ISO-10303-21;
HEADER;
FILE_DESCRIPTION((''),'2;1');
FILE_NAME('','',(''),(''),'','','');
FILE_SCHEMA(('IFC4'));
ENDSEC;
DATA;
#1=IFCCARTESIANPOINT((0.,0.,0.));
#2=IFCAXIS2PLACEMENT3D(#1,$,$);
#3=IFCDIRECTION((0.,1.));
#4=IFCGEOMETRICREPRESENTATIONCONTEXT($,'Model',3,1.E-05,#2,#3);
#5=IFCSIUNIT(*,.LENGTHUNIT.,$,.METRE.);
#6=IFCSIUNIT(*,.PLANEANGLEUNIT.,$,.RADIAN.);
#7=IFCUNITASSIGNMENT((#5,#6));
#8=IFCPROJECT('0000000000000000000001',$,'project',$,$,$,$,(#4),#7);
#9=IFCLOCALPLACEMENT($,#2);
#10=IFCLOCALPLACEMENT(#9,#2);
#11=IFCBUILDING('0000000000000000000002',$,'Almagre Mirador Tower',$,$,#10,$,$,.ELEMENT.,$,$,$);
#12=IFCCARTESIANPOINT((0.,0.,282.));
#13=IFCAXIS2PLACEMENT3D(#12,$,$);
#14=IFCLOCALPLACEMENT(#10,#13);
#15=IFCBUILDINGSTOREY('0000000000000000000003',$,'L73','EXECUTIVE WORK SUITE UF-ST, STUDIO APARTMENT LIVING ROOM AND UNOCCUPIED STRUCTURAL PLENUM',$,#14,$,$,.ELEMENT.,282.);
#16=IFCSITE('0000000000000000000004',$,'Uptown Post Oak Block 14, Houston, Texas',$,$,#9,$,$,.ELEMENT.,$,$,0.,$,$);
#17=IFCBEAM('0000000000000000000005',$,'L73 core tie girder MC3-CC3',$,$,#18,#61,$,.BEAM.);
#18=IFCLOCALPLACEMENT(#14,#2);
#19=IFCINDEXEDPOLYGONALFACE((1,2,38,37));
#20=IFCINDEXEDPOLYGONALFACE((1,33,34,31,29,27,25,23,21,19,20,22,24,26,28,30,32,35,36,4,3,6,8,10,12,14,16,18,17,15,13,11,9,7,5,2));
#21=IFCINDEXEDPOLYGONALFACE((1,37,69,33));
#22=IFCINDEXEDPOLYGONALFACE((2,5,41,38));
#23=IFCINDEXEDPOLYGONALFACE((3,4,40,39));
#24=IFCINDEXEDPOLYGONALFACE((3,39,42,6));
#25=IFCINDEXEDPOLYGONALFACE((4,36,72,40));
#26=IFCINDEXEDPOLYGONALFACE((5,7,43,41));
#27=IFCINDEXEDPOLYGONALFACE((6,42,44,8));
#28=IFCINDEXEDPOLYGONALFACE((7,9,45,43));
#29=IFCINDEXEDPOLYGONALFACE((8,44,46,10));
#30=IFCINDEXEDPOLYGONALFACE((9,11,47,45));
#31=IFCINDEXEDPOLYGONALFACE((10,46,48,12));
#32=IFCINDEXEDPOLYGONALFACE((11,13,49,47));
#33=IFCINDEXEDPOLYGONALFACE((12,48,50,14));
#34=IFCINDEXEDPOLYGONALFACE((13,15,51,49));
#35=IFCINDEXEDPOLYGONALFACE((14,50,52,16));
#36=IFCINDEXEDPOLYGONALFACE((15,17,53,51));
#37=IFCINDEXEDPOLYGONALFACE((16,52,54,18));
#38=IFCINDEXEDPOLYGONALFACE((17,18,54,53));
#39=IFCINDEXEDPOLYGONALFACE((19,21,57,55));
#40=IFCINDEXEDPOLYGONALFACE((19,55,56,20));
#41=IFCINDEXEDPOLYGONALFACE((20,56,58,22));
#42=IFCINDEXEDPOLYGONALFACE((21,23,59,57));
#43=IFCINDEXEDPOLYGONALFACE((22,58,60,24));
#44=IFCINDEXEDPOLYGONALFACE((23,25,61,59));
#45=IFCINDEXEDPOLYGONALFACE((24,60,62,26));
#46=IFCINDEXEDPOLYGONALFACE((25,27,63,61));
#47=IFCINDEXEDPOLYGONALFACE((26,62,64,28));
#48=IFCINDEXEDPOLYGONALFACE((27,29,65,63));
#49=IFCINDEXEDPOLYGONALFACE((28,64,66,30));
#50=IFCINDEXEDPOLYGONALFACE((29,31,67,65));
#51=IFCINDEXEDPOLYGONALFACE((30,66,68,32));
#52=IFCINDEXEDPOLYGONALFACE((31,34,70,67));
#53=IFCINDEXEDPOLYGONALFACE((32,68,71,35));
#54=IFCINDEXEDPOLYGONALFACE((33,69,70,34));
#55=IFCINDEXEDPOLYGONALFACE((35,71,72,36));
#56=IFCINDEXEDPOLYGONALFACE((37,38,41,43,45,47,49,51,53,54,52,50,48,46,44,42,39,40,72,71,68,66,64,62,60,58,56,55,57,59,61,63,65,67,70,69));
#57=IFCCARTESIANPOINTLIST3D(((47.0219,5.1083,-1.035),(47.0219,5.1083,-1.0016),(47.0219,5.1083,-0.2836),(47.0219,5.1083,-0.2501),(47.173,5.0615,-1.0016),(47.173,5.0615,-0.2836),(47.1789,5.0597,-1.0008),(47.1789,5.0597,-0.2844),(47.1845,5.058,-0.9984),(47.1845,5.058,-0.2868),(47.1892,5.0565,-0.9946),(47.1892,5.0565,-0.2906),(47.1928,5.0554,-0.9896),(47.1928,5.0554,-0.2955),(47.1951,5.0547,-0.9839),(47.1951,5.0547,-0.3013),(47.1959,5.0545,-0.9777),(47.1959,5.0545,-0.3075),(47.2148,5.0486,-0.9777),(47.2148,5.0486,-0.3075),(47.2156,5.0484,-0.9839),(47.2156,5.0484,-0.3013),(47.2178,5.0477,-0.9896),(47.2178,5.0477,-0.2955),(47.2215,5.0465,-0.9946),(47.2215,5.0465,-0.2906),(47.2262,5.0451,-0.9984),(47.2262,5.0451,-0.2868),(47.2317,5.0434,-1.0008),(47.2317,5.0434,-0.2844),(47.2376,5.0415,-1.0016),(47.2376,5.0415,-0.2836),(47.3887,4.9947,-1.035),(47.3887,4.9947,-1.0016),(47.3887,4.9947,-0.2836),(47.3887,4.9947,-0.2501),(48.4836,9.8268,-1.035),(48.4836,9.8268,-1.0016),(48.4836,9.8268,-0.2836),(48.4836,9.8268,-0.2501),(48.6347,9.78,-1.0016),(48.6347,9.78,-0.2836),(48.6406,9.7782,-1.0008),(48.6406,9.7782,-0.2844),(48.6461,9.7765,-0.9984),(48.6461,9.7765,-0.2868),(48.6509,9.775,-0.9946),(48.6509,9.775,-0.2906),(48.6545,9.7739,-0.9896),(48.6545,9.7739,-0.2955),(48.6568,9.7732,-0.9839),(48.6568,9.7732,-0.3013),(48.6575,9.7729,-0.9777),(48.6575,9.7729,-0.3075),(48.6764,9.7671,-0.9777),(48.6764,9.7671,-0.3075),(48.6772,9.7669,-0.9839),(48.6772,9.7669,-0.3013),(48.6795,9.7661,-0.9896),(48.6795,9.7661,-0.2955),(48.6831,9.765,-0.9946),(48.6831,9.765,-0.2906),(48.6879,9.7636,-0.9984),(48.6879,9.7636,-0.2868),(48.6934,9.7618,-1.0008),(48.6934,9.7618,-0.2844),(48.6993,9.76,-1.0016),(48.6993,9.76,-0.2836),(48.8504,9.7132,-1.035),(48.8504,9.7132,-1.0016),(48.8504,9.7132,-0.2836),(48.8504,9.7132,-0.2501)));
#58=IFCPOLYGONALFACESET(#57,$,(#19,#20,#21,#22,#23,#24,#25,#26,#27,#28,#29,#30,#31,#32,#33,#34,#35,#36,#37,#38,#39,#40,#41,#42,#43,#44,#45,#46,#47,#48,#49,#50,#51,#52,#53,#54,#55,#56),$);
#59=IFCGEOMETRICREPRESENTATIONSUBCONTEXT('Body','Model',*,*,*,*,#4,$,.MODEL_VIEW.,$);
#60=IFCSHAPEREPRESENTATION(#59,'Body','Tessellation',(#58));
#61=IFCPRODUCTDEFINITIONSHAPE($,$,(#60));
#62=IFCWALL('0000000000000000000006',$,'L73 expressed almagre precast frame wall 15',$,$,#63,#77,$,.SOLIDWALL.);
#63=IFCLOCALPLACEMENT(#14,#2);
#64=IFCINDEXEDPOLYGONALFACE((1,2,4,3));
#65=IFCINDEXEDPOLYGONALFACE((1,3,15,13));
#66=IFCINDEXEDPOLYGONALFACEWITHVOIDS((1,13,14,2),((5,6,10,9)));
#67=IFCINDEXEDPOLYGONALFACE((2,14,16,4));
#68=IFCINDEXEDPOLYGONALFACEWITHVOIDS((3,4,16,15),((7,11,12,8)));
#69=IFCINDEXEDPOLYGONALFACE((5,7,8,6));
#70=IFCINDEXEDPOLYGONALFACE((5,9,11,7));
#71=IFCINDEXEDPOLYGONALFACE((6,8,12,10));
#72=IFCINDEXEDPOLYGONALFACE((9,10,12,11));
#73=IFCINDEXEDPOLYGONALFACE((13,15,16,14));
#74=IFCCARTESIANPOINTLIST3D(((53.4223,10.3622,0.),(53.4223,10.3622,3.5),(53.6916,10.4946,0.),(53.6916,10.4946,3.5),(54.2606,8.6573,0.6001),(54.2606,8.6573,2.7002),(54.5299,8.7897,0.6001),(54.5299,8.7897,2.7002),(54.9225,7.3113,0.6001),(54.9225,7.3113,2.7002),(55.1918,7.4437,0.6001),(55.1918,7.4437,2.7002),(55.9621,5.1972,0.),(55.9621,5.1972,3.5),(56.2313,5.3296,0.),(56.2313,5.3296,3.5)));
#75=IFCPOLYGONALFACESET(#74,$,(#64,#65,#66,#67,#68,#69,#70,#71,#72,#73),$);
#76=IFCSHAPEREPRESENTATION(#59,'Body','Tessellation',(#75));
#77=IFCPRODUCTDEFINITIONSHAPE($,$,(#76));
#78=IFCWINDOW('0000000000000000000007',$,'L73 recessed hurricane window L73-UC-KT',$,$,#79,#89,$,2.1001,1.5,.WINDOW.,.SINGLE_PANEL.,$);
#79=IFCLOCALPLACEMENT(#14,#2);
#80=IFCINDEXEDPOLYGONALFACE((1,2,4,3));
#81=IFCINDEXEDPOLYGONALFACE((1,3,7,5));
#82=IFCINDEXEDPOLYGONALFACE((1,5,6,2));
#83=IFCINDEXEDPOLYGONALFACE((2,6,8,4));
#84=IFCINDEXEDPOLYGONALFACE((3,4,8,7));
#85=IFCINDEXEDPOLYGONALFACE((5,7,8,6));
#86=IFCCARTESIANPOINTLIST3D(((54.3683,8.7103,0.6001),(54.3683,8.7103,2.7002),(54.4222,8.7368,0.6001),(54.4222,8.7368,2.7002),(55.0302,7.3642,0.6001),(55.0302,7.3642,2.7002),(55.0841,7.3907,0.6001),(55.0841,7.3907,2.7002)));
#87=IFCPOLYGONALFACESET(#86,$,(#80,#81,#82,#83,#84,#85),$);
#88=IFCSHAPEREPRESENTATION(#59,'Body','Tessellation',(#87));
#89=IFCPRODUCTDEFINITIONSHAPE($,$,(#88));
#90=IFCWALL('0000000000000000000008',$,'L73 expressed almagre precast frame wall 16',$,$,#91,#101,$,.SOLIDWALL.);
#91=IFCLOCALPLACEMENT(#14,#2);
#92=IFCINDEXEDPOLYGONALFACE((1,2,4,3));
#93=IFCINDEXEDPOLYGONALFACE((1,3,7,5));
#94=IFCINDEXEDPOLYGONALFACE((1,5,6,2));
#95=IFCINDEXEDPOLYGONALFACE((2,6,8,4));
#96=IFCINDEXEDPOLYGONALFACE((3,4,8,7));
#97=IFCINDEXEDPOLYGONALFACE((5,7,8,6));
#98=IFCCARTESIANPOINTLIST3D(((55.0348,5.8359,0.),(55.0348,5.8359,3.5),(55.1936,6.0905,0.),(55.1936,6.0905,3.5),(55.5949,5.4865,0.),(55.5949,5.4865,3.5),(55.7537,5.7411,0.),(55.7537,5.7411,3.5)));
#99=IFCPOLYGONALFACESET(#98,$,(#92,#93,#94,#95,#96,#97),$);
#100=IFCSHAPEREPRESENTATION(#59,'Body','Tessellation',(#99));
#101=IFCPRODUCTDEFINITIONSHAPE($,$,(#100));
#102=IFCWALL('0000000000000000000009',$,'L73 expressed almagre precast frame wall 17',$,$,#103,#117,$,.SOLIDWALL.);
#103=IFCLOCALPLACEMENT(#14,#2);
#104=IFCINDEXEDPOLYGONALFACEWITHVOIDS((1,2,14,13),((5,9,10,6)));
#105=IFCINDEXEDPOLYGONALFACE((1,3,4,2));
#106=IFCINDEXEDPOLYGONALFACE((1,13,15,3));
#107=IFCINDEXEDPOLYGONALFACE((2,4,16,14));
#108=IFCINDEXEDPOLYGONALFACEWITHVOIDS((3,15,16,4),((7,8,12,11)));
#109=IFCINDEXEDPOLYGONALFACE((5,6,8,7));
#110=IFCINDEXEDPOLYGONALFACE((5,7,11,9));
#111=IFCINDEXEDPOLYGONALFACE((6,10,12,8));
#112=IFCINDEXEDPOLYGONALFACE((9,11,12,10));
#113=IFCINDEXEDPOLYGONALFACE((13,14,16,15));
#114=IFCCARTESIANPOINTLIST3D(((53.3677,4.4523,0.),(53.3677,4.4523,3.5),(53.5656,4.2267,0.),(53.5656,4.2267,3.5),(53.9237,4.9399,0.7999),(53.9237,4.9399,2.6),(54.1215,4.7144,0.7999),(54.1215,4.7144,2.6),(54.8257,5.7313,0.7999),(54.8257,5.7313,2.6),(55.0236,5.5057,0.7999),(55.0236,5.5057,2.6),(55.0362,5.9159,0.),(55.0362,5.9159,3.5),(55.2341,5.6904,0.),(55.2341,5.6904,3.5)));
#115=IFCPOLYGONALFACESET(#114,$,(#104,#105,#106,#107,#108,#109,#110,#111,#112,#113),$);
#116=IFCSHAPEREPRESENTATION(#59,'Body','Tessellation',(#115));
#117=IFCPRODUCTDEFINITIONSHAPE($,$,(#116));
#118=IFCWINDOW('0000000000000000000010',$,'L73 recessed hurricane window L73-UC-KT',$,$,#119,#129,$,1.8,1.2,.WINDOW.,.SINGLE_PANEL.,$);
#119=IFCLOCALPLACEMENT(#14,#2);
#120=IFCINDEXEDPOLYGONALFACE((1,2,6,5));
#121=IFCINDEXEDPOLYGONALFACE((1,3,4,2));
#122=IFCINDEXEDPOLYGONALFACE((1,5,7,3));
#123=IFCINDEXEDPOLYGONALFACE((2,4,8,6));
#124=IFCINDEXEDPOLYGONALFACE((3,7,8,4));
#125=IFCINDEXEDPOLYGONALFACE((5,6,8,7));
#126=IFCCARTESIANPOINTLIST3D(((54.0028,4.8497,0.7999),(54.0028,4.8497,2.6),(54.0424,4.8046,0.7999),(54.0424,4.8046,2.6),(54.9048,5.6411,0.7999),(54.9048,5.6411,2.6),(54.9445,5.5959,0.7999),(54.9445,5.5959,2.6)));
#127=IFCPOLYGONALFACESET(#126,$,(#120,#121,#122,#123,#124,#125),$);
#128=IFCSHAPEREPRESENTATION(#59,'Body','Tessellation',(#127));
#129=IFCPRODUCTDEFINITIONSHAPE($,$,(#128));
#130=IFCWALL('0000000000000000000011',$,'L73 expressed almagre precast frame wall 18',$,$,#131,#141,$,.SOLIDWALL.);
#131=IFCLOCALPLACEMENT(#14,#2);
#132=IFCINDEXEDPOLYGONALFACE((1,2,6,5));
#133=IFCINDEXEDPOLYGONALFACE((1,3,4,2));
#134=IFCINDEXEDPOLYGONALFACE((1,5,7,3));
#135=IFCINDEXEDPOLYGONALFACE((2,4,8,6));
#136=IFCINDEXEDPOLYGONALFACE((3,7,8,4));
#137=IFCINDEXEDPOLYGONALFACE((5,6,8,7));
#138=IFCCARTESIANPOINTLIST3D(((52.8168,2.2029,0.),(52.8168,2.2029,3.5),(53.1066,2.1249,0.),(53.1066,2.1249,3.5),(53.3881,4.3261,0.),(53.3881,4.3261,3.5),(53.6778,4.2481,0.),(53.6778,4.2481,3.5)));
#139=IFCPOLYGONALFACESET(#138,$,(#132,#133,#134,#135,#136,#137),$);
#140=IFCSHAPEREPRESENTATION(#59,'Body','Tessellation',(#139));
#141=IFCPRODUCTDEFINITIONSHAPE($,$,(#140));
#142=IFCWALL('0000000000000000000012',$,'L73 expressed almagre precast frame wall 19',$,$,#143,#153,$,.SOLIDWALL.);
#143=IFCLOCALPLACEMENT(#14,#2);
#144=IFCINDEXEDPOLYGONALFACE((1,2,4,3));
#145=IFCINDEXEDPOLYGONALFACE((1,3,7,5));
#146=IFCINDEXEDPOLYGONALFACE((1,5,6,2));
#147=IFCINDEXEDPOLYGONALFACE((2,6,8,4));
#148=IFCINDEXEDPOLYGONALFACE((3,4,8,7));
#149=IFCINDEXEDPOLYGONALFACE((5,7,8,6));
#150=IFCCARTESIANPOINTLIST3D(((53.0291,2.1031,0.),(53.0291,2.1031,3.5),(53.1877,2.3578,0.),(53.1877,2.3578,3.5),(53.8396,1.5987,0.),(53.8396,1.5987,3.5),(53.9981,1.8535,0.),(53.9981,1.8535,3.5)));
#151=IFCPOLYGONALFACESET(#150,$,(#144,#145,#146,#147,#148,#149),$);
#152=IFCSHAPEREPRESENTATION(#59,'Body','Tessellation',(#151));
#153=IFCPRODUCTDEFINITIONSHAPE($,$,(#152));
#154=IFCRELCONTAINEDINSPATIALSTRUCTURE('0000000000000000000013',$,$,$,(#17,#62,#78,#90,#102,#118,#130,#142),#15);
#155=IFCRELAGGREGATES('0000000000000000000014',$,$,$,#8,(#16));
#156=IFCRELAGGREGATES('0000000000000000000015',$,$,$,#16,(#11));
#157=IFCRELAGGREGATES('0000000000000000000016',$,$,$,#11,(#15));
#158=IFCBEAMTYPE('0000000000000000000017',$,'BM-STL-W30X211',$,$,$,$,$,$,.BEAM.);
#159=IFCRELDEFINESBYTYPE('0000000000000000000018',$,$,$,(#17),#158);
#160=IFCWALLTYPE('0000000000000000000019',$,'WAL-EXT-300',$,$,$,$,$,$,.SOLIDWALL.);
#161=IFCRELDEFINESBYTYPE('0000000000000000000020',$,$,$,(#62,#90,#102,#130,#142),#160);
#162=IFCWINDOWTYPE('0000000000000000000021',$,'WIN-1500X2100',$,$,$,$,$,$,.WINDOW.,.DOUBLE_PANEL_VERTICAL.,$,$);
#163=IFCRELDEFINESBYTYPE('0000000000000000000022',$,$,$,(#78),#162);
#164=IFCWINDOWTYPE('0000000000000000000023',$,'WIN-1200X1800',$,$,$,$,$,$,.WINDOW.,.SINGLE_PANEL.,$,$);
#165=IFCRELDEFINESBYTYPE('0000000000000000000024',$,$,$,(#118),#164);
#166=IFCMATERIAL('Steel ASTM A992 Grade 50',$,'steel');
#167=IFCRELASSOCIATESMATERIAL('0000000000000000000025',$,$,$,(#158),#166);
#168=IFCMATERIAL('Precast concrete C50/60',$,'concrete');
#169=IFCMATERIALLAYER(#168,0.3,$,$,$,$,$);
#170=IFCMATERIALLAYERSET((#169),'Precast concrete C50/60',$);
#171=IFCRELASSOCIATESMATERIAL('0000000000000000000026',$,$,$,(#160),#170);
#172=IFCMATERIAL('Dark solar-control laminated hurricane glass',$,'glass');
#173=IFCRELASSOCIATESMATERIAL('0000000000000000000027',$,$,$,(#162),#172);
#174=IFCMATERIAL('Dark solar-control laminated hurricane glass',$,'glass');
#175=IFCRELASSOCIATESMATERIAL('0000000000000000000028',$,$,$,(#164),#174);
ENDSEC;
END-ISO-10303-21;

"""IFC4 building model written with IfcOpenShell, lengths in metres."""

from ifc_helpers import new_model, si_unit, direction, frame, frame_2d, origin, origin_2d, place, context, subcontext, project, spatial, rectangle, i_section, extrude, material, layer, layer_set, material_profile, profile_set, type_object, element, fill, save


model = new_model("IFC4")

# Units and contexts
model_context = context("Model", 3, precision=1e-05, world=origin(), true_north=direction((0.0, 1.0)))
body_context = subcontext(model_context, "Body", "Model", "MODEL_VIEW")
ifc_project = project(units=[si_unit("LENGTHUNIT", "METRE"), si_unit("PLANEANGLEUNIT", "RADIAN")], contexts=[model_context])

# Site, building, storey
site_placement = place(None, origin())
site = spatial("IfcSite", under=ifc_project, at=site_placement, Name="Uptown Post Oak Block 14, Houston, Texas", CompositionType="ELEMENT", RefElevation=0.0)
building_placement = place(site_placement, origin())
building = spatial("IfcBuilding", under=site, at=building_placement, Name="Almagre Mirador Tower", CompositionType="ELEMENT")
storey_placement = place(building_placement, frame((0.0, 0.0, 282.0)))
storey = spatial("IfcBuildingStorey", under=building, at=storey_placement, Name="L73", Description="EXECUTIVE WORK SUITE UF-ST, STUDIO APARTMENT LIVING ROOM AND UNOCCUPIED STRUCTURAL PLENUM", CompositionType="ELEMENT", Elevation=282.0)

# Beam
ifc_material_1 = material(Name="Steel ASTM A992 Grade 50", Category="steel")
ifc_material_profile_1 = material_profile(ifc_material_1, i_section(OverallWidth=0.384, OverallDepth=0.7849, WebThickness=0.0198, FlangeThickness=0.0334, FilletRadius=0.0239, at=origin_2d()), Name="W30X211")
ifc_profile_set_1 = profile_set([ifc_material_profile_1], Name="Steel ASTM A992 Grade 50")
beam_type_1 = type_object("IfcBeamType", Name="BM-STL-W30X211", PredefinedType="BEAM", material=ifc_profile_set_1)
beam_1_placement = place(storey_placement, frame((48.667, 9.77, -0.6426), z_axis=(-0.295902, -0.955218, 0.0), x_axis=(0.955218, -0.295902, 0.0)))
element("IfcBeam", 1, at=beam_1_placement, inside=storey, type_object=beam_type_1, Name="L73 core tie girder MC3-CC3", PredefinedType="BEAM", context=body_context, shape_type="SweptSolid", body=[
    extrude(i_section(OverallWidth=0.384, OverallDepth=0.7849, WebThickness=0.0198, FlangeThickness=0.0334, FilletRadius=0.0239, at=origin_2d()), origin(), (0.0, 0.0, 1.0), 4.9397),
])

# Wall, opening, window
ifc_material_2 = material(Name="Precast concrete C50/60", Category="concrete")
ifc_layer_1 = layer(ifc_material_2, 0.3)
ifc_layer_set_1 = layer_set([ifc_layer_1], Name="Precast concrete C50/60")
wall_type_1 = type_object("IfcWallType", Name="WAL-EXT-300", PredefinedType="SOLIDWALL", material=ifc_layer_set_1)
wall_1_placement = place(storey_placement, frame((53.5569, 10.4285, 0.0), z_axis=(0.0, 0.0, 1.0), x_axis=(0.441265, -0.897377, 0.0)))
wall_1 = element("IfcWall", 2, at=wall_1_placement, inside=storey, type_object=wall_type_1, Name="L73 expressed almagre precast frame wall 15", PredefinedType="SOLIDWALL", context=body_context, shape_type="SweptSolid", body=[
    extrude(rectangle(XDim=5.7556, YDim=0.3, at=frame_2d((2.8779, 0.0))), origin(), (0.0, 0.0, 1.0), 3.5),
])
opening_1_placement = place(wall_1_placement, frame((1.8999, 0.0, 0.6001)))
opening_1 = element("IfcOpeningElement", 3, at=opening_1_placement, cuts=wall_1, PredefinedType="OPENING", context=body_context, shape_type="SweptSolid", body=[
    extrude(rectangle(XDim=1.5, YDim=2.1001, at=frame_2d((0.75, 1.05))), frame((0.0, 0.1599, 0.0), z_axis=(0.0, -1.0, 0.0), x_axis=(1.0, 0.0, 0.0)), (0.0, 0.0, 1.0), 0.32),
])
ifc_material_3 = material(Name="Dark solar-control laminated hurricane glass", Category="glass")
window_type_1 = type_object("IfcWindowType", Name="WIN-1500X2100", PartitioningType="DOUBLE_PANEL_VERTICAL", PredefinedType="WINDOW", material=ifc_material_3)
window_1_placement = place(opening_1_placement, origin())
window_1 = element("IfcWindow", 4, at=window_1_placement, inside=storey, type_object=window_type_1, Name="L73 recessed hurricane window L73-UC-KT", OverallHeight=2.1001, OverallWidth=1.5, PartitioningType="SINGLE_PANEL", PredefinedType="WINDOW", context=body_context, shape_type="SweptSolid", body=[
    extrude(rectangle(XDim=1.5, YDim=2.1001, at=frame_2d((0.75, 1.05))), frame((0.0, 0.03, 0.0), z_axis=(0.0, -1.0, 0.0), x_axis=(1.0, 0.0, 0.0)), (0.0, 0.0, 1.0), 0.0601),
])
fill(opening_1, window_1)

# Wall
wall_2_placement = place(storey_placement, frame((55.6743, 5.6138, 0.0), z_axis=(0.0, 0.0, 1.0), x_axis=(-0.848455, 0.529267, 0.0)))
element("IfcWall", 5, at=wall_2_placement, inside=storey, type_object=wall_type_1, Name="L73 expressed almagre precast frame wall 16", PredefinedType="SOLIDWALL", context=body_context, shape_type="SweptSolid", body=[
    extrude(rectangle(XDim=0.6602, YDim=0.3, at=frame_2d((0.3301, 0.0))), origin(), (0.0, 0.0, 1.0), 3.5),
])

# Wall, opening, window
wall_3_placement = place(storey_placement, frame((55.1353, 5.8032, 0.0), z_axis=(0.0, 0.0, 1.0), x_axis=(-0.751745, -0.659454, 0.0)))
wall_3 = element("IfcWall", 6, at=wall_3_placement, inside=storey, type_object=wall_type_1, Name="L73 expressed almagre precast frame wall 17", PredefinedType="SOLIDWALL", context=body_context, shape_type="SweptSolid", body=[
    extrude(rectangle(XDim=2.2195, YDim=0.3, at=frame_2d((1.1099, 0.0))), origin(), (0.0, 0.0, 1.0), 3.5),
])
opening_2_placement = place(wall_3_placement, frame((0.28, 0.0, 0.8)))
opening_2 = element("IfcOpeningElement", 7, at=opening_2_placement, cuts=wall_3, PredefinedType="OPENING", context=body_context, shape_type="SweptSolid", body=[
    extrude(rectangle(XDim=1.2, YDim=1.8, at=frame_2d((0.6001, 0.8999))), frame((0.0, 0.1599, 0.0), z_axis=(0.0, -1.0, 0.0), x_axis=(1.0, 0.0, 0.0)), (0.0, 0.0, 1.0), 0.32),
])
ifc_material_4 = material(Name="Dark solar-control laminated hurricane glass", Category="glass")
window_type_2 = type_object("IfcWindowType", Name="WIN-1200X1800", PartitioningType="SINGLE_PANEL", PredefinedType="WINDOW", material=ifc_material_4)
window_2_placement = place(opening_2_placement, origin())
window_2 = element("IfcWindow", 8, at=window_2_placement, inside=storey, type_object=window_type_2, Name="L73 recessed hurricane window L73-UC-KT", OverallHeight=1.8, OverallWidth=1.2, PartitioningType="SINGLE_PANEL", PredefinedType="WINDOW", context=body_context, shape_type="SweptSolid", body=[
    extrude(rectangle(XDim=1.2, YDim=1.8, at=frame_2d((0.6001, 0.8999))), frame((0.0, 0.03, 0.0), z_axis=(0.0, -1.0, 0.0), x_axis=(1.0, 0.0, 0.0)), (0.0, 0.0, 1.0), 0.0601),
])
fill(opening_2, window_2)

# Walls
wall_4_placement = place(storey_placement, frame((53.533, 4.2871, 0.0), z_axis=(0.0, 0.0, 1.0), x_axis=(-0.259818, -0.965658, 0.0)))
element("IfcWall", 9, at=wall_4_placement, inside=storey, type_object=wall_type_1, Name="L73 expressed almagre precast frame wall 18", PredefinedType="SOLIDWALL", context=body_context, shape_type="SweptSolid", body=[
    extrude(rectangle(XDim=2.1987, YDim=0.3, at=frame_2d((1.0994, 0.0))), origin(), (0.0, 0.0, 1.0), 3.5),
])
wall_5_placement = place(storey_placement, frame((53.1084, 2.2305, 0.0), z_axis=(0.0, 0.0, 1.0), x_axis=(0.849031, -0.528343, 0.0)))
element("IfcWall", 10, at=wall_5_placement, inside=storey, type_object=wall_type_1, Name="L73 expressed almagre precast frame wall 19", PredefinedType="SOLIDWALL", context=body_context, shape_type="SweptSolid", body=[
    extrude(rectangle(XDim=0.9546, YDim=0.3, at=frame_2d((0.4773, 0.0))), origin(), (0.0, 0.0, 1.0), 3.5),
])

save(model, "model.ifc")
